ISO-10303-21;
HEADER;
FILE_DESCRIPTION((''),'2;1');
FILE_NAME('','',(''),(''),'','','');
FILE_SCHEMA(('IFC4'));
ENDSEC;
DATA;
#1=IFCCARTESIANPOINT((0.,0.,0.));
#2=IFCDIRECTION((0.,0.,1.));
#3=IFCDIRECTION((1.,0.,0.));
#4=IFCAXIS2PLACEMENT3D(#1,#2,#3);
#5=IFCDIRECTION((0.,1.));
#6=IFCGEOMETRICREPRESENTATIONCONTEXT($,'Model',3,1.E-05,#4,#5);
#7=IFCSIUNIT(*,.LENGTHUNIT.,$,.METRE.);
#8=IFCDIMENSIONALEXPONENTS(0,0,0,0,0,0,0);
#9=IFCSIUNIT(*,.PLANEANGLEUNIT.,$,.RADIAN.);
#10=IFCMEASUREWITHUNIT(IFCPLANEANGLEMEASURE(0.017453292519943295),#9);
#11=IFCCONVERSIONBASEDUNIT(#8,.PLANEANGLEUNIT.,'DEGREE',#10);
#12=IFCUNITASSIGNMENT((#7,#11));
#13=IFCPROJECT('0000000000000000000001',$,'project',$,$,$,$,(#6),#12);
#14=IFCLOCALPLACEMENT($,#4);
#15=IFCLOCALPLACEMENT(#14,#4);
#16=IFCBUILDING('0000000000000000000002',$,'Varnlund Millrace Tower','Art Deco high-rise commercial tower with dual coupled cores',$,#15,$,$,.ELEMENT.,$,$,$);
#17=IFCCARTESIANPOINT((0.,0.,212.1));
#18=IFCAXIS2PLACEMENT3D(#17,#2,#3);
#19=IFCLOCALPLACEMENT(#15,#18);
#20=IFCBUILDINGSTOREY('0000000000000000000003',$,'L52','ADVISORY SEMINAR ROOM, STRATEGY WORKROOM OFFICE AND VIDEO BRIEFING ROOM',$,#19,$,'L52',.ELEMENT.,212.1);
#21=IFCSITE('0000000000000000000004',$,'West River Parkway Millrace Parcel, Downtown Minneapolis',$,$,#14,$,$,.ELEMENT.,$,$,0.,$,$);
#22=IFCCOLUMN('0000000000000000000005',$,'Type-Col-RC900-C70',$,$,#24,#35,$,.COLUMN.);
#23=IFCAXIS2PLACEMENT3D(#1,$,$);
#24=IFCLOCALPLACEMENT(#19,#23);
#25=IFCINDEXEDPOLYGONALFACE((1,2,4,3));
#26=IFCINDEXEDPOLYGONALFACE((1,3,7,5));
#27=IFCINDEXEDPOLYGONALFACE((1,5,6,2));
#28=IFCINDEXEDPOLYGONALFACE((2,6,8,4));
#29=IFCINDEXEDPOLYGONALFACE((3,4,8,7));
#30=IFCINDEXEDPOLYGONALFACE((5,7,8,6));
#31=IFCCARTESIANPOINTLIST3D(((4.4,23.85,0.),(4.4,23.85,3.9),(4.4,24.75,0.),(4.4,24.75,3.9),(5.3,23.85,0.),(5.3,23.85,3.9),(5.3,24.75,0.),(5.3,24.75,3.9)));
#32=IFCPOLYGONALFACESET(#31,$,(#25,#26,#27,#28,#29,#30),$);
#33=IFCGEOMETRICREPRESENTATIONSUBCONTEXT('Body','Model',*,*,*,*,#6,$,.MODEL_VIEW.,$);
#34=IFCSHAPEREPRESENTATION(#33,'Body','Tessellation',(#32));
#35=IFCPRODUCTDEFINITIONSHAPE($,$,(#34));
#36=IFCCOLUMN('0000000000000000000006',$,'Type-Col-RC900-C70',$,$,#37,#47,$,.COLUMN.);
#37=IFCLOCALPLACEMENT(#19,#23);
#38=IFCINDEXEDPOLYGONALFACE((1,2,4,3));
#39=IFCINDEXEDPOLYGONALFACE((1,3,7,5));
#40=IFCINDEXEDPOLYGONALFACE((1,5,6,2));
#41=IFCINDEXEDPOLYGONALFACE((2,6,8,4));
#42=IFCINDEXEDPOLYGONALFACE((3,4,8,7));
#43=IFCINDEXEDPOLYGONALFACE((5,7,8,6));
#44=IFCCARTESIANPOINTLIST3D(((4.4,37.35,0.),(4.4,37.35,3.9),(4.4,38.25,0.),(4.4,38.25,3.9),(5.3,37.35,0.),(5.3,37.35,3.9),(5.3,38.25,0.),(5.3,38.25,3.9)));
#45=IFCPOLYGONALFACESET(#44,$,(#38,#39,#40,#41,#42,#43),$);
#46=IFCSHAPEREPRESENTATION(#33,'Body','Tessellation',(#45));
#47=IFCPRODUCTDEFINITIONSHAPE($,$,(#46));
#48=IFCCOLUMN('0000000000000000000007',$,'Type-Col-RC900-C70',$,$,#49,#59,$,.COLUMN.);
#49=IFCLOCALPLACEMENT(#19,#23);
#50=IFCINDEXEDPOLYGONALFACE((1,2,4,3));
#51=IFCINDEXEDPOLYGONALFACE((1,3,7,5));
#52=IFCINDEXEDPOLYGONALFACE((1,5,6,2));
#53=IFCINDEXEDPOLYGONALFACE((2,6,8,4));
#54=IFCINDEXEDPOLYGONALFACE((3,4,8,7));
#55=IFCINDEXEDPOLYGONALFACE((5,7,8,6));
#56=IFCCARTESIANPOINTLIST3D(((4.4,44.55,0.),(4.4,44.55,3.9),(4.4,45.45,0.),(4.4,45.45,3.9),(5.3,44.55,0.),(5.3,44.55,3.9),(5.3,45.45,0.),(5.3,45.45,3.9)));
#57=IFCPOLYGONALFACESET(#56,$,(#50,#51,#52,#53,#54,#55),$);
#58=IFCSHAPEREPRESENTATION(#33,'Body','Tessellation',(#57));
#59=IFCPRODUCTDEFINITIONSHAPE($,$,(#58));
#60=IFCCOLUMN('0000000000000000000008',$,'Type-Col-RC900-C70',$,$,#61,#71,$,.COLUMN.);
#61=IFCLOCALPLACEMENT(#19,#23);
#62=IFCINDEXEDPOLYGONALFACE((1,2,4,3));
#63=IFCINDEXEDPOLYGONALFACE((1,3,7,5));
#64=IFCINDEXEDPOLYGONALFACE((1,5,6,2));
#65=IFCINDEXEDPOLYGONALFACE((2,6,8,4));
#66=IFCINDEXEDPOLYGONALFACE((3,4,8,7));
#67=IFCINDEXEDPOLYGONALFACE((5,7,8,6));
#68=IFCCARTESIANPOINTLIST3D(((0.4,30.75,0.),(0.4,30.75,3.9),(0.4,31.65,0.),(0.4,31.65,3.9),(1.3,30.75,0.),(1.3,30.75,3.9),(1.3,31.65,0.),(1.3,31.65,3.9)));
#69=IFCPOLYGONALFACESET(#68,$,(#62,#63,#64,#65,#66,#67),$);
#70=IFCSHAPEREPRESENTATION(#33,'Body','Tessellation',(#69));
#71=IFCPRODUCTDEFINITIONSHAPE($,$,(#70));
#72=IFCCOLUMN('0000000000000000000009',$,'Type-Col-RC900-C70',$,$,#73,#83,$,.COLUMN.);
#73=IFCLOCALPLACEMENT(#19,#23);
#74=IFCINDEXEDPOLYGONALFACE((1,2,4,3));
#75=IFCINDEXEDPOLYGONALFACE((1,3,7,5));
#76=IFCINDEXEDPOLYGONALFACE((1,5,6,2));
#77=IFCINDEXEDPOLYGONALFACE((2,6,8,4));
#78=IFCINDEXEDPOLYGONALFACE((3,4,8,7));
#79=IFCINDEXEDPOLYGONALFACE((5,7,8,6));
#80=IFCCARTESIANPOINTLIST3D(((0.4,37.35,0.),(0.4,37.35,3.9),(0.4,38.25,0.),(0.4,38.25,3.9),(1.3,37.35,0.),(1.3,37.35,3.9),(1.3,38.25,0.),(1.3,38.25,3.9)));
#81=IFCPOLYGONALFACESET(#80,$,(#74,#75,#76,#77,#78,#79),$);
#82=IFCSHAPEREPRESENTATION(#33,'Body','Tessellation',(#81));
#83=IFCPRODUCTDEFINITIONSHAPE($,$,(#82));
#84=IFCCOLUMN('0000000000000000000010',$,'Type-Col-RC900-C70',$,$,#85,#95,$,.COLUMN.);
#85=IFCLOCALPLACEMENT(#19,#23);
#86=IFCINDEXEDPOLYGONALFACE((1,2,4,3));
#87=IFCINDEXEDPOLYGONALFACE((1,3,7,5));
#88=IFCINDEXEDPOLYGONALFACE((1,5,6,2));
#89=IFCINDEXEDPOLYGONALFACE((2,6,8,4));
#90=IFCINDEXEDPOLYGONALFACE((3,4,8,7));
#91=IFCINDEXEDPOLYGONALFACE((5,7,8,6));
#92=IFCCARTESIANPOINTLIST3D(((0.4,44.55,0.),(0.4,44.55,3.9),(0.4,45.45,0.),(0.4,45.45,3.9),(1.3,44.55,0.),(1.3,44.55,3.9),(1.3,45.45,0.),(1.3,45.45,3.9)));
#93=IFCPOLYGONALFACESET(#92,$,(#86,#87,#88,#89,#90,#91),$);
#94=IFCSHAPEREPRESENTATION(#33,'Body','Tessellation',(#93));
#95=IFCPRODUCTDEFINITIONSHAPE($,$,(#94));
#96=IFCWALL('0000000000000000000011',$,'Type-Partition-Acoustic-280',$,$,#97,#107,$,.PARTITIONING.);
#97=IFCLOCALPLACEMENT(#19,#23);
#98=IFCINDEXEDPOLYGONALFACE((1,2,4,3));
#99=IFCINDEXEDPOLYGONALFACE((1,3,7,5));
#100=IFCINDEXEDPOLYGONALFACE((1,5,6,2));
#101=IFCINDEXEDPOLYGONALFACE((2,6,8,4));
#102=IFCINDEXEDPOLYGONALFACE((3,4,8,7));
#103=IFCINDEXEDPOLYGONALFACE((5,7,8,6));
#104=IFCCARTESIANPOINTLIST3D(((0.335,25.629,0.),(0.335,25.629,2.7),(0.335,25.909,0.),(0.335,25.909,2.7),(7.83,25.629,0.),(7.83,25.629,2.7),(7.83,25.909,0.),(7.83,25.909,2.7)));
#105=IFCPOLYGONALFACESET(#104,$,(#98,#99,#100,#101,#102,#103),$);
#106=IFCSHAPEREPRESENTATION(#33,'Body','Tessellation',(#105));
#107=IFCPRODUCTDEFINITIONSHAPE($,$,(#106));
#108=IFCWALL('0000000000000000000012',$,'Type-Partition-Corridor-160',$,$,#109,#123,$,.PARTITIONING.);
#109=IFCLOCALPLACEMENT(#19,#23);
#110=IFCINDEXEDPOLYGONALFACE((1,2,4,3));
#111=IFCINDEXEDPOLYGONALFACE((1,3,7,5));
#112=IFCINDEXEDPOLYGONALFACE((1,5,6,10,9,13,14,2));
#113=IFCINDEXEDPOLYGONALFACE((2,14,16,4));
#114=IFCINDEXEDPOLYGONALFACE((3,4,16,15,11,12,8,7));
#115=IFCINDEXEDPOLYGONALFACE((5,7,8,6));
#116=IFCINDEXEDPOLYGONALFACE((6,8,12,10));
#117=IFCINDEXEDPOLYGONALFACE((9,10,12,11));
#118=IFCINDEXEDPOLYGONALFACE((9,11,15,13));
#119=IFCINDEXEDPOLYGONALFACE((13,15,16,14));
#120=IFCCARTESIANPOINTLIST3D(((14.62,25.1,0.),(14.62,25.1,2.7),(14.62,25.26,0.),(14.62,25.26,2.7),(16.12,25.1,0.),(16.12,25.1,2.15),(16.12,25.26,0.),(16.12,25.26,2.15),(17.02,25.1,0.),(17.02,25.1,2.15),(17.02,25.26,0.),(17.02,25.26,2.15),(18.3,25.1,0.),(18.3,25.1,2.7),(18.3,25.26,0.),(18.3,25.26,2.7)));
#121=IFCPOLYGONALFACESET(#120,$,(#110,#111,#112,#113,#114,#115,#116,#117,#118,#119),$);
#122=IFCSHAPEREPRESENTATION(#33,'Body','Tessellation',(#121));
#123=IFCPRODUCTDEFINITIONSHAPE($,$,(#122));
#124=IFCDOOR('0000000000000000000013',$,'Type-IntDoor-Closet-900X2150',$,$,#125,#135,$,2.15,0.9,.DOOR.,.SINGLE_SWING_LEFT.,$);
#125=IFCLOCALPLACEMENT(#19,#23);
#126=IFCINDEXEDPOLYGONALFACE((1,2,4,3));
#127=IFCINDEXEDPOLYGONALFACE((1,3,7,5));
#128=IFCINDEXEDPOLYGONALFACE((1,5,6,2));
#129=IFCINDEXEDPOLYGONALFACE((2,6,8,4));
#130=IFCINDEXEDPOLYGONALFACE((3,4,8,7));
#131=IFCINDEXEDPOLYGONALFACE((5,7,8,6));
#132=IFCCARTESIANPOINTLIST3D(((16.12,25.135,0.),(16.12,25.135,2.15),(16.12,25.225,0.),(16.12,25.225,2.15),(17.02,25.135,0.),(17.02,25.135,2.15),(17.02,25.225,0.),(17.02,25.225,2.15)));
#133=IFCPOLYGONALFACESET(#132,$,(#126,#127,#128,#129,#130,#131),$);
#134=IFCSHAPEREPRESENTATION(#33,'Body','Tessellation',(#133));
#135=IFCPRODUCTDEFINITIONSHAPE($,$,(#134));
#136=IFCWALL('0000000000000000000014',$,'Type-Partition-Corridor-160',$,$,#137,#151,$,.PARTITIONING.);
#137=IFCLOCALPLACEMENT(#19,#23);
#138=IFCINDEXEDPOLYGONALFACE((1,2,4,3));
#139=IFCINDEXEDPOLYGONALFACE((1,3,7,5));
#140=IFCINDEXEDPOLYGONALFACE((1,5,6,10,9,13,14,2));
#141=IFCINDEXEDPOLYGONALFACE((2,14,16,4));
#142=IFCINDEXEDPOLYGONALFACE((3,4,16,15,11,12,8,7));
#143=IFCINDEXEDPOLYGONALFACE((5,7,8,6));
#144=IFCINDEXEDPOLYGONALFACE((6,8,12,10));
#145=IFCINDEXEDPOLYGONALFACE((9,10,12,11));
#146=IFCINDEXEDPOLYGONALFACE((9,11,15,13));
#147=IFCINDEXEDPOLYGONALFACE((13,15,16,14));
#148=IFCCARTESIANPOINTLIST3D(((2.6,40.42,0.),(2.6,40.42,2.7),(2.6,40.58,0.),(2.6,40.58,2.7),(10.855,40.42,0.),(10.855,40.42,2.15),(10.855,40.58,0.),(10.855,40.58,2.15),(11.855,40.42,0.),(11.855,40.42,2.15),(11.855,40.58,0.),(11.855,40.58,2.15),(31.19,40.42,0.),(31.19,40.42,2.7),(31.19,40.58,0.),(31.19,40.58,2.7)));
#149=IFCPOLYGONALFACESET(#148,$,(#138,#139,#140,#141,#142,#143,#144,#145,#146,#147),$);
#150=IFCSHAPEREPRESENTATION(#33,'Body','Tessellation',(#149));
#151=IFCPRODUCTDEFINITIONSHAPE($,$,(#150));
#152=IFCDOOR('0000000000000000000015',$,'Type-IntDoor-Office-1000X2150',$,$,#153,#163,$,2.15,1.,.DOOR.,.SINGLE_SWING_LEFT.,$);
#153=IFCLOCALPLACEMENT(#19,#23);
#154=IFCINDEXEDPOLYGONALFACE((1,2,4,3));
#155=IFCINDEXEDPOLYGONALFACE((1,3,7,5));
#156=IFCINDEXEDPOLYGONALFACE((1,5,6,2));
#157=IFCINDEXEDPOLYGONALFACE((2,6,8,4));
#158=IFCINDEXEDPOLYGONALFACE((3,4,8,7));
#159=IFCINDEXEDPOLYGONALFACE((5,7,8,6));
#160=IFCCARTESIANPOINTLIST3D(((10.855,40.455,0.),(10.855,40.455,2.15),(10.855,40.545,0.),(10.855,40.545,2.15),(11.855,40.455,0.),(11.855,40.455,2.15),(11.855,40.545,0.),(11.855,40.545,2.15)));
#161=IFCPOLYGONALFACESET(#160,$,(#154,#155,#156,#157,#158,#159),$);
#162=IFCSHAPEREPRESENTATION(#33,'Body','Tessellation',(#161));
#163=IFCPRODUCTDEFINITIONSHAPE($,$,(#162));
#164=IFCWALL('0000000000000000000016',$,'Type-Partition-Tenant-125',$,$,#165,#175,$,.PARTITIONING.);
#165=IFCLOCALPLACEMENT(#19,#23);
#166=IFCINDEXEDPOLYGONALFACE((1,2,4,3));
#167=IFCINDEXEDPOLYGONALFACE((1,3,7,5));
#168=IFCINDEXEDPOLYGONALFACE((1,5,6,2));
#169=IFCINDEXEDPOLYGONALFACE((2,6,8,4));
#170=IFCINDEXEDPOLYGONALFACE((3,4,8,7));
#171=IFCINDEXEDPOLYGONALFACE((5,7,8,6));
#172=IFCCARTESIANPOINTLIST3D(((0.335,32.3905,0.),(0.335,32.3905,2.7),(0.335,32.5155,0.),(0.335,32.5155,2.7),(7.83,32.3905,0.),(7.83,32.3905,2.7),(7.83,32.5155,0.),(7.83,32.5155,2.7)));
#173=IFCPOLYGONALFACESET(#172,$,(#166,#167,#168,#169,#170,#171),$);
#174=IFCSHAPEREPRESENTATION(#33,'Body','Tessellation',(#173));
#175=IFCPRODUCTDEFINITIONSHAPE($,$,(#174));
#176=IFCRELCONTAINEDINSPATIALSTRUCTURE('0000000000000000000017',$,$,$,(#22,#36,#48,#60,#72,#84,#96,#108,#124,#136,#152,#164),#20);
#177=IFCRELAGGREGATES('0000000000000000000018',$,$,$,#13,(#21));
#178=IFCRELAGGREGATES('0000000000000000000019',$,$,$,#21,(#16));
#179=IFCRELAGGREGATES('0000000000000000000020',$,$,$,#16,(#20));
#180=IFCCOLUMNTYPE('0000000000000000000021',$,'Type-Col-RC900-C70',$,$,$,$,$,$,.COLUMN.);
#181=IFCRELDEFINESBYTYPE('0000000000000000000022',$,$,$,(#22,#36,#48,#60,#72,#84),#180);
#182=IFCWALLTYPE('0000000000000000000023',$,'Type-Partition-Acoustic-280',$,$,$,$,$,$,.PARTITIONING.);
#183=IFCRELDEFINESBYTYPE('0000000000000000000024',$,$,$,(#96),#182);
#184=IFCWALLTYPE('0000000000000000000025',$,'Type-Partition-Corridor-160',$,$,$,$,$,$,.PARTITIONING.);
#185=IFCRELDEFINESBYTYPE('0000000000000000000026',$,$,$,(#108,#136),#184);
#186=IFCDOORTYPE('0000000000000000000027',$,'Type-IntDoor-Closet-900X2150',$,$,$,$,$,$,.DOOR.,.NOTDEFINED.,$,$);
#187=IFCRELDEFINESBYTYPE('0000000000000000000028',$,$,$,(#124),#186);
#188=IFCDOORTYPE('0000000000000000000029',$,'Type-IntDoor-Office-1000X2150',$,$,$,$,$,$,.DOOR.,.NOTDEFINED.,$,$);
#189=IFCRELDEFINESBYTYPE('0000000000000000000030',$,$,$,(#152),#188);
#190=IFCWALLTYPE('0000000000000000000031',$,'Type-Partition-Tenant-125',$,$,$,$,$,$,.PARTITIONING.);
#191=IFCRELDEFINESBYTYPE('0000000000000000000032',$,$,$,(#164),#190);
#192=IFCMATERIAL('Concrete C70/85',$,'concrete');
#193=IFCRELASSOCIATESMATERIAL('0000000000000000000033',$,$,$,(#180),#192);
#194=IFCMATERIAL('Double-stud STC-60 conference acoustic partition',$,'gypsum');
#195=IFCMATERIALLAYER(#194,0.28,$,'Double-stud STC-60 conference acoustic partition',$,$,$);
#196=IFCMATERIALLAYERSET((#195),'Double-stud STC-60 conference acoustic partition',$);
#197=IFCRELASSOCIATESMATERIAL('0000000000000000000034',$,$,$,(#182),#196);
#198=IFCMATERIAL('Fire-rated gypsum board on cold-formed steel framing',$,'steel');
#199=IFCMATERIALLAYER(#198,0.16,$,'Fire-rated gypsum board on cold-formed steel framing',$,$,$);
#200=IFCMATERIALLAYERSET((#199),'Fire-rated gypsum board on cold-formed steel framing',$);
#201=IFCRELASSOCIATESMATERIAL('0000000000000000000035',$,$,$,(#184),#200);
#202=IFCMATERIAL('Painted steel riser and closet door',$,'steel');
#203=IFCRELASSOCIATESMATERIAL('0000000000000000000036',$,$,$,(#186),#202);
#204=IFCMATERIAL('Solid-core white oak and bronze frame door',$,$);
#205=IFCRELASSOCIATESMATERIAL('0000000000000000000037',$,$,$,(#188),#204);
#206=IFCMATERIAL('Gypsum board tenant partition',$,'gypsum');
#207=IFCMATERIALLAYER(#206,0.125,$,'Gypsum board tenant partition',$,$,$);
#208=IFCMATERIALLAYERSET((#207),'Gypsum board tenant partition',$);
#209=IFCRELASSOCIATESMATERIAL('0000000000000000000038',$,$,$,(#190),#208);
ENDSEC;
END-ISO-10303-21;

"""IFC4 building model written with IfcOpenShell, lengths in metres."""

from ifc_helpers import new_model, entity, si_unit, converted_unit, direction, frame, origin_with_axes, origin_2d_with_axis, place, context, subcontext, project, spatial, polyline, rectangle, outline, extrude, material, layer, layer_set, material_profile, profile_set, type_object, element, fill, save


model = new_model("IFC4")

# Units and contexts
model_context = context("Model", 3, precision=1e-05, world=origin_with_axes(), true_north=direction((0.0, 1.0)))
body_context = subcontext(model_context, "Body", "Model", "MODEL_VIEW")
ifc_project = project(units=[si_unit("LENGTHUNIT", "METRE"), converted_unit("PLANEANGLEUNIT", "DEGREE", entity("IfcPlaneAngleMeasure", 0.017453292519943295), si_unit("PLANEANGLEUNIT", "RADIAN"), dimensions=[0, 0, 0, 0, 0, 0, 0])], contexts=[model_context])

# Site, building, storey
site_placement = place(None, origin_with_axes())
site = spatial("IfcSite", under=ifc_project, at=site_placement, Name="West River Parkway Millrace Parcel, Downtown Minneapolis", CompositionType="ELEMENT", RefElevation=0.0)
building_placement = place(site_placement, origin_with_axes())
building = spatial("IfcBuilding", under=site, at=building_placement, Name="Varnlund Millrace Tower", Description="Art Deco high-rise commercial tower with dual coupled cores", CompositionType="ELEMENT")
storey_placement = place(building_placement, frame((0.0, 0.0, 212.1), z_axis=(0.0, 0.0, 1.0), x_axis=(1.0, 0.0, 0.0)))
storey = spatial("IfcBuildingStorey", under=building, at=storey_placement, Name="L52", Description="ADVISORY SEMINAR ROOM, STRATEGY WORKROOM OFFICE AND VIDEO BRIEFING ROOM", LongName="L52", CompositionType="ELEMENT", Elevation=212.1)

# Columns
ifc_material_1 = material(Name="Concrete C70/85", Category="concrete")
ifc_material_profile = material_profile(ifc_material_1, rectangle(XDim=0.9, YDim=0.9, at=origin_2d_with_axis()), Name="Concrete C70/85")
ifc_profile_set = profile_set([ifc_material_profile], Name="Concrete C70/85")
column_type = type_object("IfcColumnType", Name="Type-Col-RC900-C70", PredefinedType="COLUMN", material=ifc_profile_set)
for number, where, z_axis, x_axis, name in (
    (1, (4.85, 24.3, 0.0), (0.0, 0.0, 1.0), (1.0, 0.0, 0.0), "Type-Col-RC900-C70"),
    (2, (4.85, 37.8, 0.0), (0.0, 0.0, 1.0), (1.0, 0.0, 0.0), "Type-Col-RC900-C70"),
    (3, (4.85, 45.0, 0.0), (0.0, 0.0, 1.0), (1.0, 0.0, 0.0), "Type-Col-RC900-C70"),
    (4, (0.85, 31.2, 0.0), (0.0, 0.0, 1.0), (1.0, 0.0, 0.0), "Type-Col-RC900-C70"),
    (5, (0.85, 37.8, 0.0), (0.0, 0.0, 1.0), (1.0, 0.0, 0.0), "Type-Col-RC900-C70"),
    (6, (0.85, 45.0, 0.0), (0.0, 0.0, 1.0), (1.0, 0.0, 0.0), "Type-Col-RC900-C70"),
):
    element("IfcColumn", number, at=place(storey_placement, frame(where, z_axis=z_axis, x_axis=x_axis)), inside=storey, type_object=column_type, Name=name, PredefinedType="COLUMN", context=body_context, shape_type="SweptSolid", body=[
        extrude(rectangle(XDim=0.9, YDim=0.9, at=origin_2d_with_axis()), origin_with_axes(), (0.0, 0.0, 1.0), 3.9),
    ])

# Wall
ifc_material_2 = material(Name="Double-stud STC-60 conference acoustic partition", Category="gypsum")
ifc_layer_1 = layer(ifc_material_2, 0.28, Name="Double-stud STC-60 conference acoustic partition")
ifc_layer_set_1 = layer_set([ifc_layer_1], Name="Double-stud STC-60 conference acoustic partition")
wall_type_1 = type_object("IfcWallType", Name="Type-Partition-Acoustic-280", PredefinedType="PARTITIONING", material=ifc_layer_set_1)
wall_1_placement = place(storey_placement, frame((0.335, 25.769, 0.0), z_axis=(0.0, 0.0, 1.0), x_axis=(1.0, 0.0, 0.0)))
element("IfcWall", 7, at=wall_1_placement, inside=storey, type_object=wall_type_1, Name="Type-Partition-Acoustic-280", PredefinedType="PARTITIONING", context=body_context, shape_type="SweptSolid", body=[
    extrude(outline(polyline([(0.0, -0.14), (7.495, -0.14), (7.495, 0.14), (0.0, 0.14), (0.0, -0.14)])), origin_with_axes(), (0.0, 0.0, 1.0), 2.7),
])

# Walls, openings, doors
ifc_material_3 = material(Name="Fire-rated gypsum board on cold-formed steel framing", Category="steel")
ifc_layer_2 = layer(ifc_material_3, 0.16, Name="Fire-rated gypsum board on cold-formed steel framing")
ifc_layer_set_2 = layer_set([ifc_layer_2], Name="Fire-rated gypsum board on cold-formed steel framing")
wall_type_2 = type_object("IfcWallType", Name="Type-Partition-Corridor-160", PredefinedType="PARTITIONING", material=ifc_layer_set_2)
wall_2_placement = place(storey_placement, frame((14.62, 25.18, 0.0), z_axis=(0.0, 0.0, 1.0), x_axis=(1.0, 0.0, 0.0)))
wall_2 = element("IfcWall", 8, at=wall_2_placement, inside=storey, type_object=wall_type_2, Name="Type-Partition-Corridor-160", PredefinedType="PARTITIONING", context=body_context, shape_type="SweptSolid", body=[
    extrude(outline(polyline([(0.0, -0.08), (3.68, -0.08), (3.68, 0.08), (0.0, 0.08), (0.0, -0.08)])), origin_with_axes(), (0.0, 0.0, 1.0), 2.7),
])
opening_1_placement = place(wall_2_placement, frame((1.95, 0.0, 0.0), z_axis=(0.0, 0.0, 1.0), x_axis=(1.0, 0.0, 0.0)))
opening_1 = element("IfcOpeningElement", 9, at=opening_1_placement, cuts=wall_2, PredefinedType="OPENING", context=body_context, shape_type="SweptSolid", body=[
    extrude(rectangle(XDim=0.9, YDim=0.18, at=origin_2d_with_axis()), origin_with_axes(), (0.0, 0.0, 1.0), 2.15),
])
ifc_material_4 = material(Name="Painted steel riser and closet door", Category="steel")
door_type_1 = type_object("IfcDoorType", Name="Type-IntDoor-Closet-900X2150", OperationType="NOTDEFINED", PredefinedType="DOOR", material=ifc_material_4)
door_1_placement = place(wall_2_placement, frame((1.95, 0.0, 0.0), z_axis=(0.0, 0.0, 1.0), x_axis=(1.0, 0.0, 0.0)))
door_1 = element("IfcDoor", 10, at=door_1_placement, inside=storey, type_object=door_type_1, Name="Type-IntDoor-Closet-900X2150", OperationType="SINGLE_SWING_LEFT", OverallHeight=2.15, OverallWidth=0.9, PredefinedType="DOOR", context=body_context, shape_type="SweptSolid", body=[
    extrude(rectangle(XDim=0.9, YDim=0.09, at=origin_2d_with_axis()), origin_with_axes(), (0.0, 0.0, 1.0), 2.15),
])
fill(opening_1, door_1)
wall_3_placement = place(storey_placement, frame((2.6, 40.5, 0.0), z_axis=(0.0, 0.0, 1.0), x_axis=(1.0, 0.0, 0.0)))
wall_3 = element("IfcWall", 11, at=wall_3_placement, inside=storey, type_object=wall_type_2, Name="Type-Partition-Corridor-160", PredefinedType="PARTITIONING", context=body_context, shape_type="SweptSolid", body=[
    extrude(outline(polyline([(0.0, -0.08), (28.59, -0.08), (28.59, 0.08), (0.0, 0.08), (0.0, -0.08)])), origin_with_axes(), (0.0, 0.0, 1.0), 2.7),
])
opening_2_placement = place(wall_3_placement, frame((8.755, 0.0, 0.0), z_axis=(0.0, 0.0, 1.0), x_axis=(1.0, 0.0, 0.0)))
opening_2 = element("IfcOpeningElement", 12, at=opening_2_placement, cuts=wall_3, PredefinedType="OPENING", context=body_context, shape_type="SweptSolid", body=[
    extrude(rectangle(XDim=1.0, YDim=0.18, at=origin_2d_with_axis()), origin_with_axes(), (0.0, 0.0, 1.0), 2.15),
])
ifc_material_5 = material(Name="Solid-core white oak and bronze frame door")
door_type_2 = type_object("IfcDoorType", Name="Type-IntDoor-Office-1000X2150", OperationType="NOTDEFINED", PredefinedType="DOOR", material=ifc_material_5)
door_2_placement = place(wall_3_placement, frame((8.755, 0.0, 0.0), z_axis=(0.0, 0.0, 1.0), x_axis=(1.0, 0.0, 0.0)))
door_2 = element("IfcDoor", 13, at=door_2_placement, inside=storey, type_object=door_type_2, Name="Type-IntDoor-Office-1000X2150", OperationType="SINGLE_SWING_LEFT", OverallHeight=2.15, OverallWidth=1.0, PredefinedType="DOOR", context=body_context, shape_type="SweptSolid", body=[
    extrude(rectangle(XDim=1.0, YDim=0.09, at=origin_2d_with_axis()), origin_with_axes(), (0.0, 0.0, 1.0), 2.15),
])
fill(opening_2, door_2)

# Wall
ifc_material_6 = material(Name="Gypsum board tenant partition", Category="gypsum")
ifc_layer_3 = layer(ifc_material_6, 0.125, Name="Gypsum board tenant partition")
ifc_layer_set_3 = layer_set([ifc_layer_3], Name="Gypsum board tenant partition")
wall_type_3 = type_object("IfcWallType", Name="Type-Partition-Tenant-125", PredefinedType="PARTITIONING", material=ifc_layer_set_3)
wall_4_placement = place(storey_placement, frame((0.335, 32.453, 0.0), z_axis=(0.0, 0.0, 1.0), x_axis=(1.0, 0.0, 0.0)))
element("IfcWall", 14, at=wall_4_placement, inside=storey, type_object=wall_type_3, Name="Type-Partition-Tenant-125", PredefinedType="PARTITIONING", context=body_context, shape_type="SweptSolid", body=[
    extrude(outline(polyline([(0.0, -0.0625), (7.495, -0.0625), (7.495, 0.0625), (0.0, 0.0625), (0.0, -0.0625)])), origin_with_axes(), (0.0, 0.0, 1.0), 2.7),
])

save(model, "model.ifc")
